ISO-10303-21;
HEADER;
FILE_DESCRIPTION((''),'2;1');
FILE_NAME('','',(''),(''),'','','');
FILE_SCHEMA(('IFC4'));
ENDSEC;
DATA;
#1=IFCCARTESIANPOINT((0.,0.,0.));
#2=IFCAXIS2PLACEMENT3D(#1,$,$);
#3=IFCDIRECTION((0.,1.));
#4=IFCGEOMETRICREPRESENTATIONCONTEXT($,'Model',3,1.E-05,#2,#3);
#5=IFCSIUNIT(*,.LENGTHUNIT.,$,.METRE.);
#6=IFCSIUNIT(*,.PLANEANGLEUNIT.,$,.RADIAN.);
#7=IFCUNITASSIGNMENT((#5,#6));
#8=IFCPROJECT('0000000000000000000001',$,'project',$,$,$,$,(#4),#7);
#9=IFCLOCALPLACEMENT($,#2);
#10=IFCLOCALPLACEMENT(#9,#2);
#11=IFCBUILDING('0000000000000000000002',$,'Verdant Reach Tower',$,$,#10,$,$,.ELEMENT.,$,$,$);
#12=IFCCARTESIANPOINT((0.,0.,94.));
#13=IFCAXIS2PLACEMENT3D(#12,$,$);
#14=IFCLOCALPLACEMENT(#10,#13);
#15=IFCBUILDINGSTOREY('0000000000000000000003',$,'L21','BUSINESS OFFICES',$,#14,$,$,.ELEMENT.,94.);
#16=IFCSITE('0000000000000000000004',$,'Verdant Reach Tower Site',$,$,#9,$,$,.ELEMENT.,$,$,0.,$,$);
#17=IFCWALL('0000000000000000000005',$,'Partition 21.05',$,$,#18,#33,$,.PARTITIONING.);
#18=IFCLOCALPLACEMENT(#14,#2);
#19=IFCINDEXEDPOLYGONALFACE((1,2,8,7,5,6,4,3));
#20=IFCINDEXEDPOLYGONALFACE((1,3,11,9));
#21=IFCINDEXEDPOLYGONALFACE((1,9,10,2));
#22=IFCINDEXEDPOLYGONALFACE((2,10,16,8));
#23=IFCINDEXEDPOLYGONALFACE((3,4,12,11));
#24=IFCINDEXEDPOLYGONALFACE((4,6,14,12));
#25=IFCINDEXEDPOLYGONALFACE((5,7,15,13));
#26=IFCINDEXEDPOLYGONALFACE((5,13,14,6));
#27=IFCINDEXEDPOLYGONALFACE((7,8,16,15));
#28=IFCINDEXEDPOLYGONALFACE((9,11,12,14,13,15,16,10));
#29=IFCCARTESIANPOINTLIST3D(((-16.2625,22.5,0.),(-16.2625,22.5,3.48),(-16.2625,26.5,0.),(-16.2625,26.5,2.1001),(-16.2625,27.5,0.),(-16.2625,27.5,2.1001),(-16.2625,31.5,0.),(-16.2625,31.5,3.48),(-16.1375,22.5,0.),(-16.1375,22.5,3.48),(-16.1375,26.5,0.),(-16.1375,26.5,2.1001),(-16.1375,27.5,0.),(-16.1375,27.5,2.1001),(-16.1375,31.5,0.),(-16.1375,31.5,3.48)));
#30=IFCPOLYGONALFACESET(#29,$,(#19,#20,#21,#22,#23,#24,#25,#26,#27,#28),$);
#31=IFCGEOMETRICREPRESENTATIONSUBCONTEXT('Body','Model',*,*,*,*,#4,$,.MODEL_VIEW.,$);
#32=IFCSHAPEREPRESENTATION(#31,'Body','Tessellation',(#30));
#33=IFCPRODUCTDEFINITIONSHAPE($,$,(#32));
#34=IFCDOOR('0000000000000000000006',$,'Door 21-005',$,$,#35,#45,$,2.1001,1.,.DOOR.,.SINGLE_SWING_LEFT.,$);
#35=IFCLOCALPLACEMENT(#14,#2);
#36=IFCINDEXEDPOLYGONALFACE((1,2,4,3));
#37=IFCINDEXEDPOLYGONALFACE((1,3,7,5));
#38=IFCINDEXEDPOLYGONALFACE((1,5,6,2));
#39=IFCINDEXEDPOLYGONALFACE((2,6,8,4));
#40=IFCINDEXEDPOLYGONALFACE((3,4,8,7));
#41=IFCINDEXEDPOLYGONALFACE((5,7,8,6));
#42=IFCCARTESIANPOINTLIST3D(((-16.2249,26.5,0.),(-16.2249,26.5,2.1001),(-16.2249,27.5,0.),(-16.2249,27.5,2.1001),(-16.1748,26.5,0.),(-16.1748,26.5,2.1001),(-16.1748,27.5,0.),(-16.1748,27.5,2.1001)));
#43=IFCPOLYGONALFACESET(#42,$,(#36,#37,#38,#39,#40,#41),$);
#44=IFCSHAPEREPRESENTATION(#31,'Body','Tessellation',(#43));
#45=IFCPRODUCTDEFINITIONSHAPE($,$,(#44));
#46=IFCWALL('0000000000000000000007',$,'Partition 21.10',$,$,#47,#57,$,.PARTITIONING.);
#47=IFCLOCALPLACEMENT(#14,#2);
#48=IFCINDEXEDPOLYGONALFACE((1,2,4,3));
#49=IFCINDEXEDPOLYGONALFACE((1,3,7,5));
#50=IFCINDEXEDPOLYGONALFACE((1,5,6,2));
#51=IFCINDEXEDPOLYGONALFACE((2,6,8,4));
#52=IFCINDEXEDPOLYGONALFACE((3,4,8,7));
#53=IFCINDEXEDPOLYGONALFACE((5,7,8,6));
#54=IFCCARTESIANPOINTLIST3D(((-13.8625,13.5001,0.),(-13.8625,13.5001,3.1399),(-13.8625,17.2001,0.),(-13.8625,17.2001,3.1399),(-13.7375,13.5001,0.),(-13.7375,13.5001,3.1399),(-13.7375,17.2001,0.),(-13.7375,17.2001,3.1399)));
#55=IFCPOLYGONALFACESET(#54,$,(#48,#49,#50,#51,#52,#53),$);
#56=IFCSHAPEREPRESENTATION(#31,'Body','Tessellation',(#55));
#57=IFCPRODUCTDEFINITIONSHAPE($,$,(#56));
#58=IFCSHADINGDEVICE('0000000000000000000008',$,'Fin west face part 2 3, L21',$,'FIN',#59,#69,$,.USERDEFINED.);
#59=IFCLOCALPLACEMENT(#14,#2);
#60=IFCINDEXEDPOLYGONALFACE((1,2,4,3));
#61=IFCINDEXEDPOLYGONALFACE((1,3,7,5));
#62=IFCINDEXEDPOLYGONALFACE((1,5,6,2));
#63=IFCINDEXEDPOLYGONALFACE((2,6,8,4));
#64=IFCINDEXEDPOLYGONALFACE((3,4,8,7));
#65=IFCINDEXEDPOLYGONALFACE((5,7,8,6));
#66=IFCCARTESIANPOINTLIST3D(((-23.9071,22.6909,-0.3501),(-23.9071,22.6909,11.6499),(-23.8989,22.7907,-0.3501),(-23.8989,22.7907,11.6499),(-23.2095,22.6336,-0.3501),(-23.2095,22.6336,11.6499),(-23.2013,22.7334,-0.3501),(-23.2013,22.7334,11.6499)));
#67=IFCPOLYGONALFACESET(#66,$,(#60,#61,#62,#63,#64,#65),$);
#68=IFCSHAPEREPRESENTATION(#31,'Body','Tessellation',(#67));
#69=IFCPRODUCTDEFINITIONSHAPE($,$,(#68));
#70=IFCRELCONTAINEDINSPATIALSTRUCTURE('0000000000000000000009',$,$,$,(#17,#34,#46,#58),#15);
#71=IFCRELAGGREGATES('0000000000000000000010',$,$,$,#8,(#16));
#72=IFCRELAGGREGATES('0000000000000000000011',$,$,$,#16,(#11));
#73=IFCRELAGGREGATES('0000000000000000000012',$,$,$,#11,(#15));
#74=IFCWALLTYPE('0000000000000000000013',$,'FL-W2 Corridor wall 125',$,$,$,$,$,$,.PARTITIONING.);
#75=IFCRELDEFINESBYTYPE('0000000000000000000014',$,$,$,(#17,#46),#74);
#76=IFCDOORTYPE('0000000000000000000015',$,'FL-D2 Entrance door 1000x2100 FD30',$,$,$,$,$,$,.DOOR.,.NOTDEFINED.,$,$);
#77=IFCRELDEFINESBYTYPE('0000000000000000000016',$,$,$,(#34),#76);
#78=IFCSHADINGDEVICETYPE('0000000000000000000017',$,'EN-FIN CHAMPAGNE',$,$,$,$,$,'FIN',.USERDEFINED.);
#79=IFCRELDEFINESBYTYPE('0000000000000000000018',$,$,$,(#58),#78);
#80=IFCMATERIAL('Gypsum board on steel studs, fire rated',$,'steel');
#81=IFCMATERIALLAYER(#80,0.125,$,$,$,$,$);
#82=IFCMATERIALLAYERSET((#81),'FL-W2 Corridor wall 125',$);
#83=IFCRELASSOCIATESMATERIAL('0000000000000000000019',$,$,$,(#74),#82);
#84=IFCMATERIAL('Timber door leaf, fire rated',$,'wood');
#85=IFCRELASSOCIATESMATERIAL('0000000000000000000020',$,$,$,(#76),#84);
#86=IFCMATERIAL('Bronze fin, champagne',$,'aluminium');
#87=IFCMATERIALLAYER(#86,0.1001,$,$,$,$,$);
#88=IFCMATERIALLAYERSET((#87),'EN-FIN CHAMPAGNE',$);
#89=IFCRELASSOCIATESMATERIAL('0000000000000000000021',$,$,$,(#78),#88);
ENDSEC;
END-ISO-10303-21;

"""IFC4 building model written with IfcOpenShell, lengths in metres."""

from ifc_helpers import new_model, si_unit, direction, frame, frame_2d, origin, origin_2d, place, context, subcontext, project, spatial, rectangle, extrude, material, layer, layer_set, type_object, element, fill, save


model = new_model("IFC4")

# Units and contexts
model_context = context("Model", 3, precision=1e-05, world=origin(), true_north=direction((0.0, 1.0)))
body_context = subcontext(model_context, "Body", "Model", "MODEL_VIEW")
ifc_project = project(units=[si_unit("LENGTHUNIT", "METRE"), si_unit("PLANEANGLEUNIT", "RADIAN")], contexts=[model_context])

# Site, building, storey
site_placement = place(None, origin())
site = spatial("IfcSite", under=ifc_project, at=site_placement, Name="Verdant Reach Tower Site", CompositionType="ELEMENT", RefElevation=0.0)
building_placement = place(site_placement, origin())
building = spatial("IfcBuilding", under=site, at=building_placement, Name="Verdant Reach Tower", CompositionType="ELEMENT")
storey_placement = place(building_placement, frame((0.0, 0.0, 94.0)))
storey = spatial("IfcBuildingStorey", under=building, at=storey_placement, Name="L21", Description="BUSINESS OFFICES", CompositionType="ELEMENT", Elevation=94.0)

# Wall, opening, door
ifc_material_1 = material(Name="Gypsum board on steel studs, fire rated", Category="steel")
ifc_layer_1 = layer(ifc_material_1, 0.125)
ifc_layer_set_1 = layer_set([ifc_layer_1], Name="FL-W2 Corridor wall 125")
wall_type_1 = type_object("IfcWallType", Name="FL-W2 Corridor wall 125", PredefinedType="PARTITIONING", material=ifc_layer_set_1)
wall_1_placement = place(storey_placement, frame((-16.2, 22.5, 0.0), z_axis=(0.0, 0.0, 1.0), x_axis=(0.0, 1.0, 0.0)))
wall_1 = element("IfcWall", 1, at=wall_1_placement, inside=storey, type_object=wall_type_1, Name="Partition 21.05", PredefinedType="PARTITIONING", context=body_context, shape_type="SweptSolid", body=[
    extrude(rectangle(XDim=9.0, YDim=0.125, at=frame_2d((4.5, 0.0))), origin(), (0.0, 0.0, 1.0), 3.48),
])
opening_1_placement = place(wall_1_placement, frame((4.0, 0.0, 0.0)))
opening_1 = element("IfcOpeningElement", 2, at=opening_1_placement, cuts=wall_1, PredefinedType="OPENING", context=body_context, shape_type="SweptSolid", body=[
    extrude(rectangle(XDim=1.0, YDim=2.1001, at=frame_2d((0.5, 1.05))), frame((0.0, 0.0725, 0.0), z_axis=(0.0, -1.0, 0.0), x_axis=(1.0, 0.0, 0.0)), (0.0, 0.0, 1.0), 0.145),
])
ifc_material_2 = material(Name="Timber door leaf, fire rated", Category="wood")
door_type_1 = type_object("IfcDoorType", Name="FL-D2 Entrance door 1000x2100 FD30", OperationType="NOTDEFINED", PredefinedType="DOOR", material=ifc_material_2)
door_1_placement = place(opening_1_placement, origin())
door_1 = element("IfcDoor", 3, at=door_1_placement, inside=storey, type_object=door_type_1, Name="Door 21-005", OperationType="SINGLE_SWING_LEFT", OverallHeight=2.1001, OverallWidth=1.0, PredefinedType="DOOR", context=body_context, shape_type="SweptSolid", body=[
    extrude(rectangle(XDim=1.0, YDim=2.1001, at=frame_2d((0.5, 1.05))), frame((0.0, 0.0249, 0.0), z_axis=(0.0, -1.0, 0.0), x_axis=(1.0, 0.0, 0.0)), (0.0, 0.0, 1.0), 0.05),
])
fill(opening_1, door_1)

# Wall
wall_2_placement = place(storey_placement, frame((-13.8, 13.5, 0.0), z_axis=(0.0, 0.0, 1.0), x_axis=(0.0, 1.0, 0.0)))
element("IfcWall", 4, at=wall_2_placement, inside=storey, type_object=wall_type_1, Name="Partition 21.10", PredefinedType="PARTITIONING", context=body_context, shape_type="SweptSolid", body=[
    extrude(rectangle(XDim=3.7, YDim=0.125, at=frame_2d((1.8501, 0.0))), origin(), (0.0, 0.0, 1.0), 3.1399),
])

# Shading device
ifc_material_3 = material(Name="Bronze fin, champagne", Category="aluminium")
ifc_layer_2 = layer(ifc_material_3, 0.1001)
ifc_layer_set_2 = layer_set([ifc_layer_2], Name="EN-FIN CHAMPAGNE")
shading_device_type = type_object("IfcShadingDeviceType", Name="EN-FIN CHAMPAGNE", ElementType="FIN", PredefinedType="USERDEFINED", material=ifc_layer_set_2)
shading_device_placement = place(storey_placement, frame((-23.5542, 22.7122, -0.3501), z_axis=(0.0, 0.0, 1.0), x_axis=(-0.081916, -0.996639, 0.0)))
element("IfcShadingDevice", 5, at=shading_device_placement, inside=storey, type_object=shading_device_type, Name="Fin west face part 2 3, L21", ObjectType="FIN", PredefinedType="USERDEFINED", context=body_context, shape_type="SweptSolid", body=[
    extrude(rectangle(XDim=0.1001, YDim=0.7, at=origin_2d()), origin(), (0.0, 0.0, 1.0), 12.0),
])

save(model, "model.ifc")
